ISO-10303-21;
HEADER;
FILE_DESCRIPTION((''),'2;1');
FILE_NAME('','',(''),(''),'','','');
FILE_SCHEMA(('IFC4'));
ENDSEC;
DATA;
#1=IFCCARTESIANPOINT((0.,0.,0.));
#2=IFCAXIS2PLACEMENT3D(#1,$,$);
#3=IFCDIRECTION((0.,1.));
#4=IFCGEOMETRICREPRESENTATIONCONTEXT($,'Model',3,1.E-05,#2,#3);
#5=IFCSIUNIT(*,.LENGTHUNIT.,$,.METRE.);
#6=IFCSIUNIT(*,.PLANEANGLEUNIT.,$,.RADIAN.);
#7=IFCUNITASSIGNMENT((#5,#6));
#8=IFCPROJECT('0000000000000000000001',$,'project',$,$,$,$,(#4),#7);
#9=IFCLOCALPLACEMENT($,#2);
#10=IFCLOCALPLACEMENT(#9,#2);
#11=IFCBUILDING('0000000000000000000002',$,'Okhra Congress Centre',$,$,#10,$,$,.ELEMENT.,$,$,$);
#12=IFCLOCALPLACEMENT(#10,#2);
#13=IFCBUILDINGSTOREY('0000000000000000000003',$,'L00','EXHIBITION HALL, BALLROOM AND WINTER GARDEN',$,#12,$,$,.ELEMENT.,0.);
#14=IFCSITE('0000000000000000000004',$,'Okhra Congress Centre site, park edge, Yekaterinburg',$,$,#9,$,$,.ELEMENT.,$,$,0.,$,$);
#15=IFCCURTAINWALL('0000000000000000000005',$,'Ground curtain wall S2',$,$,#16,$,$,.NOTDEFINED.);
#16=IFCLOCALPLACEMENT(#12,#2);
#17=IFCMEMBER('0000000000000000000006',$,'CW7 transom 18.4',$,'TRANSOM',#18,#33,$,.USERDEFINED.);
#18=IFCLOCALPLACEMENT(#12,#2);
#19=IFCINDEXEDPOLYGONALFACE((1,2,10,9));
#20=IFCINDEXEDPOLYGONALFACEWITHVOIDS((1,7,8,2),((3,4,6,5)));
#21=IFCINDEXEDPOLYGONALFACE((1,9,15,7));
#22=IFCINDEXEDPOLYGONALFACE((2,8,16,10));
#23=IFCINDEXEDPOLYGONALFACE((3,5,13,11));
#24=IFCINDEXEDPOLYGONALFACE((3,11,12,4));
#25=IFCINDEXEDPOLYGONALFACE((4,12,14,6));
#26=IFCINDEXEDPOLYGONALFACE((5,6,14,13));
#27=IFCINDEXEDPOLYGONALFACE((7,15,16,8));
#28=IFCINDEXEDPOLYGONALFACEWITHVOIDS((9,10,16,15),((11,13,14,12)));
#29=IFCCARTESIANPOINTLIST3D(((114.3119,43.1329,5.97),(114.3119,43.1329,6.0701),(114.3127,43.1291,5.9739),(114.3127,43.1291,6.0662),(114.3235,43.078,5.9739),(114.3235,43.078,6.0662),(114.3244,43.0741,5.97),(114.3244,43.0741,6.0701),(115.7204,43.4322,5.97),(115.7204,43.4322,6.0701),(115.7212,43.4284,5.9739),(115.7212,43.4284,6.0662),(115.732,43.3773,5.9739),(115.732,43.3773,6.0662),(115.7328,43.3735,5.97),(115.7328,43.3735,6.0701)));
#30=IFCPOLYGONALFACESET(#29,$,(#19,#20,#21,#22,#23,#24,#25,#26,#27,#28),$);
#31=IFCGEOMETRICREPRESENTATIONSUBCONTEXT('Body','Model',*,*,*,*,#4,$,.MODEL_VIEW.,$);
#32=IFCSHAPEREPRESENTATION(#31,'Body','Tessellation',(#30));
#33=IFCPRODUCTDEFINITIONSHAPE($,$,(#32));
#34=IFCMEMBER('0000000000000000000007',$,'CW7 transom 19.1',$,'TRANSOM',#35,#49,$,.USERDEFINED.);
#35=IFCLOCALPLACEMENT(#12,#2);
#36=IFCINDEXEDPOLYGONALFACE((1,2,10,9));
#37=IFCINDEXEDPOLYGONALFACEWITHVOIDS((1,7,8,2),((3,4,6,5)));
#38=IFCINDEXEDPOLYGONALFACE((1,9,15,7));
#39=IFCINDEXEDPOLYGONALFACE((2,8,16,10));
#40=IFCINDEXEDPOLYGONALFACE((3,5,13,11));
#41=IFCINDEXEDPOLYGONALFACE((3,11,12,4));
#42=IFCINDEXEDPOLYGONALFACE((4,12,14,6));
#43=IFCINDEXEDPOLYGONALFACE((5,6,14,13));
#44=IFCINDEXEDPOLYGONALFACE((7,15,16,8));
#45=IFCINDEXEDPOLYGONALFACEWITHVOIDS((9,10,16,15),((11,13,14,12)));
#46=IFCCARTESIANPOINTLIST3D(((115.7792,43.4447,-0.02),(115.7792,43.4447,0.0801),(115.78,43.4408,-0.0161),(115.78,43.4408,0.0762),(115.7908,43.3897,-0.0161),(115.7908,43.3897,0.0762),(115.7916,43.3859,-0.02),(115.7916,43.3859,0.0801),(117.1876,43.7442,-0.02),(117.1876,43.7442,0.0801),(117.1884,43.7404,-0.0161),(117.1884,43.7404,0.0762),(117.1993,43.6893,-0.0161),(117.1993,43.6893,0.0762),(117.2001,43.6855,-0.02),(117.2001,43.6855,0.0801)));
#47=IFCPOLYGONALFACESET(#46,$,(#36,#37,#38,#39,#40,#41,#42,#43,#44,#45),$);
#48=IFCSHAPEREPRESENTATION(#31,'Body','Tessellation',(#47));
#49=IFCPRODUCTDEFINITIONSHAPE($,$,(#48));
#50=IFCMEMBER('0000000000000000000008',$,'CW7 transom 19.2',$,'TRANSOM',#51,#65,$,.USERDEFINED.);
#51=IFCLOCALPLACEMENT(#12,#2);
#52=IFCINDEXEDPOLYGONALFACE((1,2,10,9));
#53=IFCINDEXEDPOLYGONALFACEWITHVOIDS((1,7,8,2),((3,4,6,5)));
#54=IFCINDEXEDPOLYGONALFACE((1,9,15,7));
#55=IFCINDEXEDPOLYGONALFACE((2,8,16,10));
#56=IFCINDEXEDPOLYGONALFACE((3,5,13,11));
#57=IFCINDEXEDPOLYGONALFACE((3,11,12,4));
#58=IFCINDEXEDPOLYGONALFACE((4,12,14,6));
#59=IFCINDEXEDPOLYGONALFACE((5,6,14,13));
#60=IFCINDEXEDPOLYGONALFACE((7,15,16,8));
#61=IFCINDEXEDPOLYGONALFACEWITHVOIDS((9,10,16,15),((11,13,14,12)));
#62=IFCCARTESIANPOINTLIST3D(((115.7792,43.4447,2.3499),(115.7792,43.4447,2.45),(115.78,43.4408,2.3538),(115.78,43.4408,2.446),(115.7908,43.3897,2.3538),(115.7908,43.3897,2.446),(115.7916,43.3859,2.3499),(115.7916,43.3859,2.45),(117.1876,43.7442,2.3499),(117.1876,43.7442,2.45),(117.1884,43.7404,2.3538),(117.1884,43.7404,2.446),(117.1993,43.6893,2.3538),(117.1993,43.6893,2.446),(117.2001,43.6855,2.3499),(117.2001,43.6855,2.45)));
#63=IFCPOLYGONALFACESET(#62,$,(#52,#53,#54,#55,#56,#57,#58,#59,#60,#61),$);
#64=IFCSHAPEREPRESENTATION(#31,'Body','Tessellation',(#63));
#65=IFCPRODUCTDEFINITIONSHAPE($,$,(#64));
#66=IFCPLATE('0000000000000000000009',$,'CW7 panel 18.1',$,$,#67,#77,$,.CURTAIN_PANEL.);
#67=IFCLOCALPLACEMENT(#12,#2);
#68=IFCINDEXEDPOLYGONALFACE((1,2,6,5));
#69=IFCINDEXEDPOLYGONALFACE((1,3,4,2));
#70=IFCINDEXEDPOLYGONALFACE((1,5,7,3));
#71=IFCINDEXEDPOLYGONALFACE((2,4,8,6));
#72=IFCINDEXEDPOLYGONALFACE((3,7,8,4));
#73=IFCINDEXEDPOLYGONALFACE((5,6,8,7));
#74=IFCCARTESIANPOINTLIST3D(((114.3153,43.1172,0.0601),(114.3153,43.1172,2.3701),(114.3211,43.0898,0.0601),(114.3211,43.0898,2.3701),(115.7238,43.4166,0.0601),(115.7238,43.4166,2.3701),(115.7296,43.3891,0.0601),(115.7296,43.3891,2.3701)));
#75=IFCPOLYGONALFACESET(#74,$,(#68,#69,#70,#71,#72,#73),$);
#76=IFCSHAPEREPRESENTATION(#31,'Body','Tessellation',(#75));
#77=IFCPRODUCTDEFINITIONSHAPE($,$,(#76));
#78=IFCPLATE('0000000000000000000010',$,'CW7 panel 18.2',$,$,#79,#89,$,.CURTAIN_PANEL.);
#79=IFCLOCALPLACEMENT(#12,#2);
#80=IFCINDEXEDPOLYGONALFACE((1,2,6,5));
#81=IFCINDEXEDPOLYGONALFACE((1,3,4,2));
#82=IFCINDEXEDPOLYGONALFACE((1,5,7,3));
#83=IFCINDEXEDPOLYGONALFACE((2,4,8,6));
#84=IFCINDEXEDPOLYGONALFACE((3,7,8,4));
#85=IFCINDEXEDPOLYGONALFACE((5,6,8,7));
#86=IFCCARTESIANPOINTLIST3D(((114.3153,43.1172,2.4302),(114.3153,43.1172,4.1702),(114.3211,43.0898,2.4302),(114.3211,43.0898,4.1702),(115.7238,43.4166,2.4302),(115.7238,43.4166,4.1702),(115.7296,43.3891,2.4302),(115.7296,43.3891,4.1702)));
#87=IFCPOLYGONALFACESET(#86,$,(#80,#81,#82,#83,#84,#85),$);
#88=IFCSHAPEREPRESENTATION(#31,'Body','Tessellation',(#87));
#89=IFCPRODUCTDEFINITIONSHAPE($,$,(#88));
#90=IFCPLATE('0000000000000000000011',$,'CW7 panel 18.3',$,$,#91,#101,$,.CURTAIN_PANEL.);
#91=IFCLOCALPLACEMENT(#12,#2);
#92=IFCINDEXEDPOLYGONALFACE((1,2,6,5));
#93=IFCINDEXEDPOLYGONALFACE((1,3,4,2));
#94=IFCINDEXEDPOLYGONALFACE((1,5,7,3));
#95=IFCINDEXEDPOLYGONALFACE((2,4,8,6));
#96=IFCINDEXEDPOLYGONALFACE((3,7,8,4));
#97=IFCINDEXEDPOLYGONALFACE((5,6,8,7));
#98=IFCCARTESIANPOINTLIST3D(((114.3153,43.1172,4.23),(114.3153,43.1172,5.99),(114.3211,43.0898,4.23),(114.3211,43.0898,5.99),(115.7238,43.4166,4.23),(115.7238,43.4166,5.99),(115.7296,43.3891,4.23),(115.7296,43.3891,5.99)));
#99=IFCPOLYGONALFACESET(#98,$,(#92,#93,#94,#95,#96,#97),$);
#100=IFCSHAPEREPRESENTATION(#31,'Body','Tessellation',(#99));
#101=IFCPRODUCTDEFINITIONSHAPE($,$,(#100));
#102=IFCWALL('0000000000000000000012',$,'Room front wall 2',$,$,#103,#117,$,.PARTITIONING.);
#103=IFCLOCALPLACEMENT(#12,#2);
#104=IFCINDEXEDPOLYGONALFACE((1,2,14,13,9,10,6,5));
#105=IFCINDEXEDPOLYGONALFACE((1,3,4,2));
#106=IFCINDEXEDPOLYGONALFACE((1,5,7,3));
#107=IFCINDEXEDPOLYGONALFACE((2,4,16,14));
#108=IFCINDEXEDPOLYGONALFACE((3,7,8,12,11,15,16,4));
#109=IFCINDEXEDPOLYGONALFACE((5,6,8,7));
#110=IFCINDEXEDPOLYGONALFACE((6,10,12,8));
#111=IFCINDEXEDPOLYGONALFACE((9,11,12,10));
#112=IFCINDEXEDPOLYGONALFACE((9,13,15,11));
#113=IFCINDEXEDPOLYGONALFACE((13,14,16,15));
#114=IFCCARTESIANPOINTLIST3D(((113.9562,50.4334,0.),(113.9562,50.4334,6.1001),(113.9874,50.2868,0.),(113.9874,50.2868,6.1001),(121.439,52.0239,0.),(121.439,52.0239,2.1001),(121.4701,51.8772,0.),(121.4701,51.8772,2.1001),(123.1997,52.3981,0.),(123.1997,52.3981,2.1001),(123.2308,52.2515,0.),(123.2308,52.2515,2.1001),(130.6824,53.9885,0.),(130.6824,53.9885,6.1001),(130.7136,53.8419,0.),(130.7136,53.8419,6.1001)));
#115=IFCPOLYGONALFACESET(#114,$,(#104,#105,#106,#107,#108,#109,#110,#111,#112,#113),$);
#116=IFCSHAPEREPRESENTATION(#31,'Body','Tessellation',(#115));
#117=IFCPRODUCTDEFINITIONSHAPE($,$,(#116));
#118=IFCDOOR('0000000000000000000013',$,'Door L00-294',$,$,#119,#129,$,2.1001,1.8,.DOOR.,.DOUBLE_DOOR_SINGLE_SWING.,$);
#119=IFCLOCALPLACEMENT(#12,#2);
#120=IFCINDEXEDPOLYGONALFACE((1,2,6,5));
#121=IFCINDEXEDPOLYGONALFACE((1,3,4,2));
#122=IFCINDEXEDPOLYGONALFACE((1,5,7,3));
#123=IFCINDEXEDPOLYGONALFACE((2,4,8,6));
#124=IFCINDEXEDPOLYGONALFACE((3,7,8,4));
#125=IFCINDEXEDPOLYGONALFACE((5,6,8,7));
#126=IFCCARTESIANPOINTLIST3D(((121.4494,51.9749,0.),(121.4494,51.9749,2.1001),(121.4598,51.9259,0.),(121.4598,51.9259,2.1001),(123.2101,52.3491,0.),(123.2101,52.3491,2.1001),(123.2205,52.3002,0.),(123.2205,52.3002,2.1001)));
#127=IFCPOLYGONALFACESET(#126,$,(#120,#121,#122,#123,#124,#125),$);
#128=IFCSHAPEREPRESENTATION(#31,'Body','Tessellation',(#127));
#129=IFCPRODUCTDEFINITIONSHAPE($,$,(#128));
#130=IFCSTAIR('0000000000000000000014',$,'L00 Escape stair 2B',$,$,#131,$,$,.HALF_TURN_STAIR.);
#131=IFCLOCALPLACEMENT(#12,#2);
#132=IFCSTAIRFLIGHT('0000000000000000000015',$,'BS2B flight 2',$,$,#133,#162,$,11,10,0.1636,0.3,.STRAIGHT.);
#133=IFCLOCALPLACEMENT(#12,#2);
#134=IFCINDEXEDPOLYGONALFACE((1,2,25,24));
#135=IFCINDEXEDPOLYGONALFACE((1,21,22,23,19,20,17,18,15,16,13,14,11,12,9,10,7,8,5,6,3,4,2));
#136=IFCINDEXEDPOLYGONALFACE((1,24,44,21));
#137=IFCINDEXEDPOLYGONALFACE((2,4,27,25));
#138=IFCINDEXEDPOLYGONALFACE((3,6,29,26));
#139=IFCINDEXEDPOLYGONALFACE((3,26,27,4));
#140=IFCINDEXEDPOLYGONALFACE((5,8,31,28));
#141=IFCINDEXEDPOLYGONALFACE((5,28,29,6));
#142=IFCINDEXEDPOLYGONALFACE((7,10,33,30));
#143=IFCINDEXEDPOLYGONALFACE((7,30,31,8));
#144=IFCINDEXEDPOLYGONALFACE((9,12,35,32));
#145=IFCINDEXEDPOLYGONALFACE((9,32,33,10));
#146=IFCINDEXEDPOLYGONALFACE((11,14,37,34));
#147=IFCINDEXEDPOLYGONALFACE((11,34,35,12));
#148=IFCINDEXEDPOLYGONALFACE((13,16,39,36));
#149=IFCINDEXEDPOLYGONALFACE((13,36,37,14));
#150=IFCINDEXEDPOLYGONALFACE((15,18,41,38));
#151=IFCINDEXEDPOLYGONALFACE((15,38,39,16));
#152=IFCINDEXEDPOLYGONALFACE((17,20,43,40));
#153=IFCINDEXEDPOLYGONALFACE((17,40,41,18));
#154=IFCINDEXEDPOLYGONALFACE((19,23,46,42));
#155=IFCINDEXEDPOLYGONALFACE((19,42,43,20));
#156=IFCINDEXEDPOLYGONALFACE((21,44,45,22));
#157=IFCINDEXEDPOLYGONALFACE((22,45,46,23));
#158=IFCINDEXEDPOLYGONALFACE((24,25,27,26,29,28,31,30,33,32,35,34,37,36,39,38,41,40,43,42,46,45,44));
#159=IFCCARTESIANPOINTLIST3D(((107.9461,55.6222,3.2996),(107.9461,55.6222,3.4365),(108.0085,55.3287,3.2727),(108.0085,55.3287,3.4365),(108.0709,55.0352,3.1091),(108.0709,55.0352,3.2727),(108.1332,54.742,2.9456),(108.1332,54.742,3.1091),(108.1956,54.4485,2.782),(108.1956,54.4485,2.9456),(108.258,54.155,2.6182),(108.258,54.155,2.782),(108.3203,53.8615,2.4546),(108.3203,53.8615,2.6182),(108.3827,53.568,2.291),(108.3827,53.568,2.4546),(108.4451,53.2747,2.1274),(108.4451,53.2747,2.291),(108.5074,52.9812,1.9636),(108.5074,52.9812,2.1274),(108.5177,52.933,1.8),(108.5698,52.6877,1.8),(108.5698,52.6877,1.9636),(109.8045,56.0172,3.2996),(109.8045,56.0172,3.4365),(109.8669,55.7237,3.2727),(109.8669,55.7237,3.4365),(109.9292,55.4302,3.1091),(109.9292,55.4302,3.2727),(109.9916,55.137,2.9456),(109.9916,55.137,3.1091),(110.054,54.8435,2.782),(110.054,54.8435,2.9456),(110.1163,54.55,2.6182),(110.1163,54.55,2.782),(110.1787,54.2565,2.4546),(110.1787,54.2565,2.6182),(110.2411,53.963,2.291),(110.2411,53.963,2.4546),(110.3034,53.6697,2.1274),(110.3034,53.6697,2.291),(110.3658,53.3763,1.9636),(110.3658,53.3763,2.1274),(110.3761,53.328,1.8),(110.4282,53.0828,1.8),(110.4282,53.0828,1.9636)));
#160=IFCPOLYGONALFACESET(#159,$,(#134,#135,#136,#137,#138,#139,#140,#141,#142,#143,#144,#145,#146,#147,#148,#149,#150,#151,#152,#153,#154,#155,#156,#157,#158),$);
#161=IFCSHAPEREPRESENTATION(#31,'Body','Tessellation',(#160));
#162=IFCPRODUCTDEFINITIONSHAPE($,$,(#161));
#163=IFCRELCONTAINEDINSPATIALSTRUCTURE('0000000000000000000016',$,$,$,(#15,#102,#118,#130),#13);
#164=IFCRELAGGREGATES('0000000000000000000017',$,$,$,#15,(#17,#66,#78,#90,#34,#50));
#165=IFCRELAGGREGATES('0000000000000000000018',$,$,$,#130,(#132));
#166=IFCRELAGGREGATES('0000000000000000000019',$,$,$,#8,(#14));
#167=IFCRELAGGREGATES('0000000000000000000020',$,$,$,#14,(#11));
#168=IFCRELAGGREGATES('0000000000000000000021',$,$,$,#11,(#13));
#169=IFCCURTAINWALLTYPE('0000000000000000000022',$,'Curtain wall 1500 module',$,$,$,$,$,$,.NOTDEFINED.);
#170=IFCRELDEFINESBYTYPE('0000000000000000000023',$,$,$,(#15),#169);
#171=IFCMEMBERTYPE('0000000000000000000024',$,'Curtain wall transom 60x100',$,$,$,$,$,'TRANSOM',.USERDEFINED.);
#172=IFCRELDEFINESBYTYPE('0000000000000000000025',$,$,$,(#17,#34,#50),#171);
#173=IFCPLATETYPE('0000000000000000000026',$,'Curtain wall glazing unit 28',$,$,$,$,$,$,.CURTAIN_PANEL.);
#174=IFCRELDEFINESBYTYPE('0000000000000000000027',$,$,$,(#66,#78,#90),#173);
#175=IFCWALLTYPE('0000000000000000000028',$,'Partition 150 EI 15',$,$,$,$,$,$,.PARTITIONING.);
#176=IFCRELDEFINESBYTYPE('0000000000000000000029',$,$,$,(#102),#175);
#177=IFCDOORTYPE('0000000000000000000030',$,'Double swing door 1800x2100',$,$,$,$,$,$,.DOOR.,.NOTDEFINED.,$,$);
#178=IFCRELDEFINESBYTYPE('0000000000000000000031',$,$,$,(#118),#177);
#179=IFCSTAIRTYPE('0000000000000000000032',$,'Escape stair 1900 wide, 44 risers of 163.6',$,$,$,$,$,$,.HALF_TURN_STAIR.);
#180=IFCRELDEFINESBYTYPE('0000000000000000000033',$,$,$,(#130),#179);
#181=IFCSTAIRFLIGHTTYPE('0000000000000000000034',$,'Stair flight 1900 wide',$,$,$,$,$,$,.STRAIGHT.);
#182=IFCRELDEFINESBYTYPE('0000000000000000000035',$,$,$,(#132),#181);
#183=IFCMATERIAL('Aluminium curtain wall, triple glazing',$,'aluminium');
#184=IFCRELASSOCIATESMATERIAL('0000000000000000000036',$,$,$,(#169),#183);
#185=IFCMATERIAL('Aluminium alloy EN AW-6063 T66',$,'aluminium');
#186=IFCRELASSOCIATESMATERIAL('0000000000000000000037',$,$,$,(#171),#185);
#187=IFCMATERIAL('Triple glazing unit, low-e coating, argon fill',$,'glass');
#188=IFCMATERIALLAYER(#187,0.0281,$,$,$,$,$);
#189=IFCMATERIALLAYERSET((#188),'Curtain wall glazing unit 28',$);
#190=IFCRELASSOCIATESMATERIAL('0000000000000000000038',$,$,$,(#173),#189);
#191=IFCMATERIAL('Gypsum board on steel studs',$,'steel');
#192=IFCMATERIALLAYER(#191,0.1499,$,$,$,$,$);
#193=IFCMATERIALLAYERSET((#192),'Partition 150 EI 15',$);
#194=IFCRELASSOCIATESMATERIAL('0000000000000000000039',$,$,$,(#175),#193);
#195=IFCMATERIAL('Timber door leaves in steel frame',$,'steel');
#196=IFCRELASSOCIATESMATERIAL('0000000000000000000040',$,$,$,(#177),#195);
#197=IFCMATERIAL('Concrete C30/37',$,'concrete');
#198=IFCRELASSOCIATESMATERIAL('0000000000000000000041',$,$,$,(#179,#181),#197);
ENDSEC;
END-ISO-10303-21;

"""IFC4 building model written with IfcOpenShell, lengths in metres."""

from ifc_helpers import new_model, si_unit, direction, frame, frame_2d, origin, origin_2d, place, context, subcontext, project, spatial, polyline, rectangle, hollow_rectangle, outline, extrude, material, layer, layer_set, material_profile, profile_set, type_object, element, fill, aggregate, save


model = new_model("IFC4")

# Units and contexts
model_context = context("Model", 3, precision=1e-05, world=origin(), true_north=direction((0.0, 1.0)))
body_context = subcontext(model_context, "Body", "Model", "MODEL_VIEW")
ifc_project = project(units=[si_unit("LENGTHUNIT", "METRE"), si_unit("PLANEANGLEUNIT", "RADIAN")], contexts=[model_context])

# Site, building, storey
site_placement = place(None, origin())
site = spatial("IfcSite", under=ifc_project, at=site_placement, Name="Okhra Congress Centre site, park edge, Yekaterinburg", CompositionType="ELEMENT", RefElevation=0.0)
building_placement = place(site_placement, origin())
building = spatial("IfcBuilding", under=site, at=building_placement, Name="Okhra Congress Centre", CompositionType="ELEMENT")
storey_placement = place(building_placement, origin())
storey = spatial("IfcBuildingStorey", under=building, at=storey_placement, Name="L00", Description="EXHIBITION HALL, BALLROOM AND WINTER GARDEN", CompositionType="ELEMENT", Elevation=0.0)

# Shared definitions
ifc_material_1 = material(Name="Concrete C30/37", Category="concrete")

# Curtain wall, members, plates
ifc_material_2 = material(Name="Aluminium curtain wall, triple glazing", Category="aluminium")
curtain_wall_type = type_object("IfcCurtainWallType", Name="Curtain wall 1500 module", PredefinedType="NOTDEFINED", material=ifc_material_2)
curtain_wall_placement = place(storey_placement, origin())
curtain_wall = element("IfcCurtainWall", 1, at=curtain_wall_placement, inside=storey, type_object=curtain_wall_type, Name="Ground curtain wall S2", PredefinedType="NOTDEFINED")
ifc_material_3 = material(Name="Aluminium alloy EN AW-6063 T66", Category="aluminium")
ifc_material_profile_1 = material_profile(ifc_material_3, hollow_rectangle(XDim=0.0601, YDim=0.1001, WallThickness=0.0039, at=origin_2d()), Name="RHS 60x100x4")
ifc_profile_set_1 = profile_set([ifc_material_profile_1], Name="Aluminium alloy EN AW-6063 T66")
member_type_1 = type_object("IfcMemberType", Name="Curtain wall transom 60x100", ElementType="TRANSOM", PredefinedType="USERDEFINED", material=ifc_profile_set_1)
member_1_placement = place(storey_placement, frame((114.3181, 43.1035, 6.02), z_axis=(0.978156, 0.207873, 0.0), x_axis=(-0.207873, 0.978156, 0.0)))
member_1 = element("IfcMember", 2, at=member_1_placement, type_object=member_type_1, Name="CW7 transom 18.4", ObjectType="TRANSOM", PredefinedType="USERDEFINED", context=body_context, shape_type="SweptSolid", body=[
    extrude(hollow_rectangle(XDim=0.0601, YDim=0.1001, WallThickness=0.0039, at=origin_2d()), origin(), (0.0, 0.0, 1.0), 1.4399),
])
member_2_placement = place(storey_placement, frame((115.7854, 43.4153, 0.03), z_axis=(0.978121, 0.208035, 0.0), x_axis=(-0.208035, 0.978121, 0.0)))
member_2 = element("IfcMember", 3, at=member_2_placement, type_object=member_type_1, Name="CW7 transom 19.1", ObjectType="TRANSOM", PredefinedType="USERDEFINED", context=body_context, shape_type="SweptSolid", body=[
    extrude(hollow_rectangle(XDim=0.0601, YDim=0.1001, WallThickness=0.0039, at=origin_2d()), origin(), (0.0, 0.0, 1.0), 1.4399),
])
member_3_placement = place(storey_placement, frame((115.7854, 43.4153, 2.3999), z_axis=(0.978121, 0.208035, 0.0), x_axis=(-0.208035, 0.978121, 0.0)))
member_3 = element("IfcMember", 4, at=member_3_placement, type_object=member_type_1, Name="CW7 transom 19.2", ObjectType="TRANSOM", PredefinedType="USERDEFINED", context=body_context, shape_type="SweptSolid", body=[
    extrude(hollow_rectangle(XDim=0.0601, YDim=0.1001, WallThickness=0.0039, at=origin_2d()), origin(), (0.0, 0.0, 1.0), 1.4399),
])
ifc_material_4 = material(Name="Triple glazing unit, low-e coating, argon fill", Category="glass")
ifc_layer_1 = layer(ifc_material_4, 0.0281)
ifc_layer_set_1 = layer_set([ifc_layer_1], Name="Curtain wall glazing unit 28")
plate_type = type_object("IfcPlateType", Name="Curtain wall glazing unit 28", PredefinedType="CURTAIN_PANEL", material=ifc_layer_set_1)
plate_1_placement = place(storey_placement, frame((115.0225, 43.2532, 0.0601), z_axis=(0.0, 0.0, 1.0), x_axis=(0.978148, 0.207912, 0.0)))
plate_1 = element("IfcPlate", 5, at=plate_1_placement, type_object=plate_type, Name="CW7 panel 18.1", PredefinedType="CURTAIN_PANEL", context=body_context, shape_type="SweptSolid", body=[
    extrude(rectangle(XDim=1.4399, YDim=0.0281, at=origin_2d()), origin(), (0.0, 0.0, 1.0), 2.3101),
])
plate_2_placement = place(storey_placement, frame((115.0225, 43.2532, 2.4302), z_axis=(0.0, 0.0, 1.0), x_axis=(0.978148, 0.207912, 0.0)))
plate_2 = element("IfcPlate", 6, at=plate_2_placement, type_object=plate_type, Name="CW7 panel 18.2", PredefinedType="CURTAIN_PANEL", context=body_context, shape_type="SweptSolid", body=[
    extrude(rectangle(XDim=1.4399, YDim=0.0281, at=origin_2d()), origin(), (0.0, 0.0, 1.0), 1.74),
])
plate_3_placement = place(storey_placement, frame((115.0225, 43.2532, 4.23), z_axis=(0.0, 0.0, 1.0), x_axis=(0.978148, 0.207912, 0.0)))
plate_3 = element("IfcPlate", 7, at=plate_3_placement, type_object=plate_type, Name="CW7 panel 18.3", PredefinedType="CURTAIN_PANEL", context=body_context, shape_type="SweptSolid", body=[
    extrude(rectangle(XDim=1.4399, YDim=0.0281, at=origin_2d()), origin(), (0.0, 0.0, 1.0), 1.76),
])
aggregate(curtain_wall, [member_1, plate_1, plate_2, plate_3, member_2, member_3])

# Wall, opening, door
ifc_material_5 = material(Name="Gypsum board on steel studs", Category="steel")
ifc_layer_2 = layer(ifc_material_5, 0.1499)
ifc_layer_set_2 = layer_set([ifc_layer_2], Name="Partition 150 EI 15")
wall_type = type_object("IfcWallType", Name="Partition 150 EI 15", PredefinedType="PARTITIONING", material=ifc_layer_set_2)
wall_placement = place(storey_placement, frame((113.9719, 50.3601, 0.0), z_axis=(0.0, 0.0, 1.0), x_axis=(0.978149, 0.207905, 0.0)))
wall = element("IfcWall", 8, at=wall_placement, inside=storey, type_object=wall_type, Name="Room front wall 2", PredefinedType="PARTITIONING", context=body_context, shape_type="SweptSolid", body=[
    extrude(rectangle(XDim=17.0999, YDim=0.1499, at=frame_2d((8.5498, 0.0))), origin(), (0.0, 0.0, 1.0), 6.1001),
])
opening_placement = place(wall_placement, frame((7.6499, 0.0, 0.0)))
opening = element("IfcOpeningElement", 9, at=opening_placement, cuts=wall, PredefinedType="OPENING", context=body_context, shape_type="SweptSolid", body=[
    extrude(rectangle(XDim=1.8, YDim=2.1001, at=frame_2d((0.8999, 1.05))), frame((0.0, 0.085, 0.0), z_axis=(0.0, -1.0, 0.0), x_axis=(1.0, 0.0, 0.0)), (0.0, 0.0, 1.0), 0.1699),
])
ifc_material_6 = material(Name="Timber door leaves in steel frame", Category="steel")
door_type = type_object("IfcDoorType", Name="Double swing door 1800x2100", OperationType="NOTDEFINED", PredefinedType="DOOR", material=ifc_material_6)
door_placement = place(opening_placement, origin())
door = element("IfcDoor", 10, at=door_placement, inside=storey, type_object=door_type, Name="Door L00-294", OperationType="DOUBLE_DOOR_SINGLE_SWING", OverallHeight=2.1001, OverallWidth=1.8, PredefinedType="DOOR", context=body_context, shape_type="SweptSolid", body=[
    extrude(rectangle(XDim=1.8, YDim=2.1001, at=frame_2d((0.8999, 1.05))), frame((0.0, 0.0249, 0.0), z_axis=(0.0, -1.0, 0.0), x_axis=(1.0, 0.0, 0.0)), (0.0, 0.0, 1.0), 0.05),
])
fill(opening, door)

# Stair, stair flight
stair_type = type_object("IfcStairType", Name="Escape stair 1900 wide, 44 risers of 163.6", PredefinedType="HALF_TURN_STAIR", material=ifc_material_1)
stair_placement = place(storey_placement, origin())
stair = element("IfcStair", 11, at=stair_placement, inside=storey, type_object=stair_type, Name="L00 Escape stair 2B", PredefinedType="HALF_TURN_STAIR")
stair_flight_type = type_object("IfcStairFlightType", Name="Stair flight 1900 wide", PredefinedType="STRAIGHT", material=ifc_material_1)
stair_flight_1_placement = place(storey_placement, frame((109.499, 52.8853, 1.8), z_axis=(0.0, 0.0, 1.0), x_axis=(-0.207912, 0.978148, 0.0)))
stair_flight_1 = element("IfcStairFlight", 12, at=stair_flight_1_placement, type_object=stair_flight_type, Name="BS2B flight 2", NumberOfRisers=11, NumberOfTreads=10, PredefinedType="STRAIGHT", RiserHeight=0.1636, TreadLength=0.3, context=body_context, shape_type="SweptSolid", body=[
    extrude(outline(polyline([(0.0, 0.0), (0.0, 0.1636), (0.3, 0.1636), (0.3, 0.3274), (0.6001, 0.3274), (0.6001, 0.491), (0.8999, 0.491), (0.8999, 0.6545), (1.2, 0.6545), (1.2, 0.8181), (1.5, 0.8181), (1.5, 0.9819), (1.8, 0.9819), (1.8, 1.1455), (2.1001, 1.1455), (2.1001, 1.3091), (2.3999, 1.3091), (2.3999, 1.4727), (2.7, 1.4727), (2.7, 1.6365), (3.0, 1.6365), (3.0, 1.8), (3.0, 1.4995), (0.2507, 0.0), (0.0, 0.0)])), frame((0.0, 0.95, 0.0), z_axis=(0.0, -1.0, 0.0), x_axis=(1.0, 0.0, 0.0)), (0.0, 0.0, 1.0), 1.8999),
])
aggregate(stair, [stair_flight_1])

save(model, "model.ifc")
